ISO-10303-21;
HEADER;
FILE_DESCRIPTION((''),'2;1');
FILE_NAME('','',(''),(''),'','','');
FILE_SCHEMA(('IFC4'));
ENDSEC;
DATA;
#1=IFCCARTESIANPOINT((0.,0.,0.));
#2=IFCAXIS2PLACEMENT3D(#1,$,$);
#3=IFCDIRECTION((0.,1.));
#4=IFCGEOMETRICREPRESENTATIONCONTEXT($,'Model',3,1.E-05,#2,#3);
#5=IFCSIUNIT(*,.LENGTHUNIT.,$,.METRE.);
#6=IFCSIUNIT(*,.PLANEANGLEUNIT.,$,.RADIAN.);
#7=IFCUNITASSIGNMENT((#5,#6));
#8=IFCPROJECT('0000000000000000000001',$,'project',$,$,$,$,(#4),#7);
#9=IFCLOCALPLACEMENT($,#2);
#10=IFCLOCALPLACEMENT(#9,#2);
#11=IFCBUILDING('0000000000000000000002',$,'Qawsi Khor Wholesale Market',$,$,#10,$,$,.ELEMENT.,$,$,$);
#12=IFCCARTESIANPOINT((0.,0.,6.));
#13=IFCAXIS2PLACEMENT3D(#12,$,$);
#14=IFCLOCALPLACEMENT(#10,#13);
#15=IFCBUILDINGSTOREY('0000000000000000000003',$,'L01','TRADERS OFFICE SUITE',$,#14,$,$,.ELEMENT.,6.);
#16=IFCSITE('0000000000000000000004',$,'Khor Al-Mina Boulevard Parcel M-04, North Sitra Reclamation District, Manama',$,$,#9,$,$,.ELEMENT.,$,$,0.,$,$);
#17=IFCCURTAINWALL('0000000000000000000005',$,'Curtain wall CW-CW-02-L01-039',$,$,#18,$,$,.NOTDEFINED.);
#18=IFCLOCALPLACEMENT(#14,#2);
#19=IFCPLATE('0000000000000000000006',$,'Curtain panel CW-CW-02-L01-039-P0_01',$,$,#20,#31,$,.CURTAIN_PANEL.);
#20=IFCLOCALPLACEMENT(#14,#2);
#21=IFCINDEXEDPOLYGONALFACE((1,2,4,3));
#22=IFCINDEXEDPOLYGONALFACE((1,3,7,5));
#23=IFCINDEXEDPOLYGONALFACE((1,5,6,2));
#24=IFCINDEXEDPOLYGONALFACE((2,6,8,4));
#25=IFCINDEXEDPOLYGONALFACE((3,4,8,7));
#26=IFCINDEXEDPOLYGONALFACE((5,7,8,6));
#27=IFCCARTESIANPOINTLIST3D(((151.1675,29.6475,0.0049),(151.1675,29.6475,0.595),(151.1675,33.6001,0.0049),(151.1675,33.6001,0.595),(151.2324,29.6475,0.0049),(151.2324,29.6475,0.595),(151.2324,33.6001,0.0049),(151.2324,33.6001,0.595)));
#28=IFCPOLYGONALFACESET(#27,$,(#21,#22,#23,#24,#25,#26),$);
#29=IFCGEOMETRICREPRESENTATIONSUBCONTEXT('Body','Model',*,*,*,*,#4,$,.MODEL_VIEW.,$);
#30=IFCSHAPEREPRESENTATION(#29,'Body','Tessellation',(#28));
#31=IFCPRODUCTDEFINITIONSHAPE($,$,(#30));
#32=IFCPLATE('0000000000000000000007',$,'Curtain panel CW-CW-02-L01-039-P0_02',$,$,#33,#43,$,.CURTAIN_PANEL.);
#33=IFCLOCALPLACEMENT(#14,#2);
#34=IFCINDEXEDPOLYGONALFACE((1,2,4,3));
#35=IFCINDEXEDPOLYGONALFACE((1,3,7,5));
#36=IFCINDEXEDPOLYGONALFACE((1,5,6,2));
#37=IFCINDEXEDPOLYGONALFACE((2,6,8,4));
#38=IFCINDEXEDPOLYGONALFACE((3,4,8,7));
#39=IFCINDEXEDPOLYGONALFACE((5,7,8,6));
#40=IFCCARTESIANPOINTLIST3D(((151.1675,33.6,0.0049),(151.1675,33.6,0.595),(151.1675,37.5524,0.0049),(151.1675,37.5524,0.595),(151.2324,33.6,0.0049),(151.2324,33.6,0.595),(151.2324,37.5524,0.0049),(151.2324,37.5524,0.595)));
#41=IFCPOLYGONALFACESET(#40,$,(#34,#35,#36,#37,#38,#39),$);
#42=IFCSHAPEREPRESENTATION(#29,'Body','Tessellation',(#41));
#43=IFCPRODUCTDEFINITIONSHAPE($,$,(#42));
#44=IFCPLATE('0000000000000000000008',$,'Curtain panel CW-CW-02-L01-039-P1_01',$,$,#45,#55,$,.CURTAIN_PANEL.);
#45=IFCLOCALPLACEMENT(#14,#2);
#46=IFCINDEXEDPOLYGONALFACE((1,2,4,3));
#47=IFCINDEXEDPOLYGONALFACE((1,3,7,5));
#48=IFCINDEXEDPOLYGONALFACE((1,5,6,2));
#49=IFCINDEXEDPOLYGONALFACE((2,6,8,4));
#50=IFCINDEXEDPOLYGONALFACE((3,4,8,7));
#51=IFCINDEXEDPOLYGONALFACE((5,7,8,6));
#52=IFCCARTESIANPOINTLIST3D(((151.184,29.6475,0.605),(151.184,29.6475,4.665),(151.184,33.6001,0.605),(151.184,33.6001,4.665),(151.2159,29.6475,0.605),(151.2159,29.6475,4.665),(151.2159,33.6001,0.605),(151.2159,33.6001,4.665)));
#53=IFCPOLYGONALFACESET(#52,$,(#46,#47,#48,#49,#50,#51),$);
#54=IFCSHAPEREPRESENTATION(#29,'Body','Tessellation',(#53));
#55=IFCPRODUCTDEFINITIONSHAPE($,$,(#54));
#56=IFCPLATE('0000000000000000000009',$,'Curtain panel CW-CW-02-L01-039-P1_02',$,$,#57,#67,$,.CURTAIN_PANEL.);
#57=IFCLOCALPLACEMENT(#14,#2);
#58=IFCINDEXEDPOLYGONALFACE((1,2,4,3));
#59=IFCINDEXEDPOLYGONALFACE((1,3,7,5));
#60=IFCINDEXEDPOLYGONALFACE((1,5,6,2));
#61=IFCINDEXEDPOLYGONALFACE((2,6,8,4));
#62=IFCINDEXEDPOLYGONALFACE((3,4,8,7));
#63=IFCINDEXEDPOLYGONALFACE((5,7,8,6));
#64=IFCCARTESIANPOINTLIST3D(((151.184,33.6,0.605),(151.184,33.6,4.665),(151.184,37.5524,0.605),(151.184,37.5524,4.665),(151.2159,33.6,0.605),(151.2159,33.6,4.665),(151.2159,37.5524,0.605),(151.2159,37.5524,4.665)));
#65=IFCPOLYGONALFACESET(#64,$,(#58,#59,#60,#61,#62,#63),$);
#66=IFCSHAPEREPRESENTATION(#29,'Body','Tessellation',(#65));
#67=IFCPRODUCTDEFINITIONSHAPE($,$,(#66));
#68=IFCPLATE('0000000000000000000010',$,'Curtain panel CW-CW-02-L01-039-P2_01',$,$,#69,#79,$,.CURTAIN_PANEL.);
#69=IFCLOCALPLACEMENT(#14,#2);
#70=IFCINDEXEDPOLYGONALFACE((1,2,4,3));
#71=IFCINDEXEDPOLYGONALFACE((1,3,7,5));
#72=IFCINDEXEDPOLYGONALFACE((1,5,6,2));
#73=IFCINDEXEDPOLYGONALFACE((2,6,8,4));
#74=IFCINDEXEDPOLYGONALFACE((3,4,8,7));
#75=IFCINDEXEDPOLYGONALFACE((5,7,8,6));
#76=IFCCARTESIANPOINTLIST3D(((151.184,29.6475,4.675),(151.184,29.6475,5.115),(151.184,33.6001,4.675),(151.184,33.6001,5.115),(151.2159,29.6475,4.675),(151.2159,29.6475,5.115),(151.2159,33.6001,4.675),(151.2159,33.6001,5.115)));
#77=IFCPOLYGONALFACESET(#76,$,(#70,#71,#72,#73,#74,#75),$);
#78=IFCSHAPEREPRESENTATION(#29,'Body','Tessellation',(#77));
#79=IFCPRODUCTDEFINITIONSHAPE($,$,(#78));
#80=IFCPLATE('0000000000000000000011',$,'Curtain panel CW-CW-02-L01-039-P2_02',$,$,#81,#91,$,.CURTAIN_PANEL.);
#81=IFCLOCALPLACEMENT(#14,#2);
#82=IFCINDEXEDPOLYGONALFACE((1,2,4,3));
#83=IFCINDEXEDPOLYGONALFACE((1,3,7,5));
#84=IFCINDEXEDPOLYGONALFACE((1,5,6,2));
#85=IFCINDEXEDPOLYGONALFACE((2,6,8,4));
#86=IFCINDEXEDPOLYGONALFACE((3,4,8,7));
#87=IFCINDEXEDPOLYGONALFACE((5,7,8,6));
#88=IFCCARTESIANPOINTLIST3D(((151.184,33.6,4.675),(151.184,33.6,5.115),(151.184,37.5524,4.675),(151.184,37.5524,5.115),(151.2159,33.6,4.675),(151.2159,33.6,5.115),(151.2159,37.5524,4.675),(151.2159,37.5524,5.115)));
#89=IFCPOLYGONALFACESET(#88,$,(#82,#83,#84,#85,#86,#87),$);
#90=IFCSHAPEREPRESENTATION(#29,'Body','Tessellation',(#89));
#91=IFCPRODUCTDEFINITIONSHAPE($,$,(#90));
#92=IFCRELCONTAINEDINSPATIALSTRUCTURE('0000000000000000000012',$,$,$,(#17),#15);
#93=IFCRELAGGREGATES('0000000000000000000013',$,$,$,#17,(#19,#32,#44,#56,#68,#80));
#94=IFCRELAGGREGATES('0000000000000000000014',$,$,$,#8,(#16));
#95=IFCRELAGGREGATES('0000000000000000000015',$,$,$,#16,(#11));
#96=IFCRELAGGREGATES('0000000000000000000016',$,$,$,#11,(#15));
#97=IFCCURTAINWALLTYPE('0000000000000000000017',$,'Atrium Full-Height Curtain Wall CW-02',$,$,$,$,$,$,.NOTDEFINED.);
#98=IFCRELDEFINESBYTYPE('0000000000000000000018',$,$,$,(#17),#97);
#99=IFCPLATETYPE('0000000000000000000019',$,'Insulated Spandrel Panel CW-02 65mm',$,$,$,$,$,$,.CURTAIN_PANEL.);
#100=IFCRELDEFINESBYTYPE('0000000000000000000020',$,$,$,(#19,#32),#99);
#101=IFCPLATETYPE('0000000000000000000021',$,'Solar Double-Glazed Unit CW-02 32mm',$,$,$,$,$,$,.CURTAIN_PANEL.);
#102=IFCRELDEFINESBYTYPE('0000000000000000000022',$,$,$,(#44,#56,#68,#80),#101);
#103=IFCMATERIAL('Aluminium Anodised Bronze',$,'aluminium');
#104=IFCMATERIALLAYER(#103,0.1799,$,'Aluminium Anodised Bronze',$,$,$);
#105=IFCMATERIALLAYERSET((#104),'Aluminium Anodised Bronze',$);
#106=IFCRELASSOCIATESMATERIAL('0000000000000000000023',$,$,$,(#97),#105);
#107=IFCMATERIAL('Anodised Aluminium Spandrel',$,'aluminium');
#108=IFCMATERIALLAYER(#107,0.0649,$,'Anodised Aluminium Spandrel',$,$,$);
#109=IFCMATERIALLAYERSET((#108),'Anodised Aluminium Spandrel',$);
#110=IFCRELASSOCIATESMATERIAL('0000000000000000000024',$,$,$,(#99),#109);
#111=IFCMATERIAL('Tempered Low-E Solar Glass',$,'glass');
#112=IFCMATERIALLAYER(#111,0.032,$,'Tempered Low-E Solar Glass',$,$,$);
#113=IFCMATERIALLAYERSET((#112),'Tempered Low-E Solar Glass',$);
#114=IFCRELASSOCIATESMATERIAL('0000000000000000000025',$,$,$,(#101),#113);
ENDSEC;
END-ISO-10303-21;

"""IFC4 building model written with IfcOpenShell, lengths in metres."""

from ifc_helpers import new_model, si_unit, direction, frame, frame_2d, origin, place, context, subcontext, project, spatial, rectangle, extrude, material, layer, layer_set, type_object, element, aggregate, save


model = new_model("IFC4")

# Units and contexts
model_context = context("Model", 3, precision=1e-05, world=origin(), true_north=direction((0.0, 1.0)))
body_context = subcontext(model_context, "Body", "Model", "MODEL_VIEW")
ifc_project = project(units=[si_unit("LENGTHUNIT", "METRE"), si_unit("PLANEANGLEUNIT", "RADIAN")], contexts=[model_context])

# Site, building, storey
site_placement = place(None, origin())
site = spatial("IfcSite", under=ifc_project, at=site_placement, Name="Khor Al-Mina Boulevard Parcel M-04, North Sitra Reclamation District, Manama", CompositionType="ELEMENT", RefElevation=0.0)
building_placement = place(site_placement, origin())
building = spatial("IfcBuilding", under=site, at=building_placement, Name="Qawsi Khor Wholesale Market", CompositionType="ELEMENT")
storey_placement = place(building_placement, frame((0.0, 0.0, 6.0)))
storey = spatial("IfcBuildingStorey", under=building, at=storey_placement, Name="L01", Description="TRADERS OFFICE SUITE", CompositionType="ELEMENT", Elevation=6.0)

# Curtain wall, plates
ifc_material_1 = material(Name="Aluminium Anodised Bronze", Category="aluminium")
ifc_layer_1 = layer(ifc_material_1, 0.1799, Name="Aluminium Anodised Bronze")
ifc_layer_set_1 = layer_set([ifc_layer_1], Name="Aluminium Anodised Bronze")
curtain_wall_type = type_object("IfcCurtainWallType", Name="Atrium Full-Height Curtain Wall CW-02", PredefinedType="NOTDEFINED", material=ifc_layer_set_1)
curtain_wall_placement = place(storey_placement, origin())
curtain_wall = element("IfcCurtainWall", 1, at=curtain_wall_placement, inside=storey, type_object=curtain_wall_type, Name="Curtain wall CW-CW-02-L01-039", PredefinedType="NOTDEFINED")
ifc_material_2 = material(Name="Anodised Aluminium Spandrel", Category="aluminium")
ifc_layer_2 = layer(ifc_material_2, 0.0649, Name="Anodised Aluminium Spandrel")
ifc_layer_set_2 = layer_set([ifc_layer_2], Name="Anodised Aluminium Spandrel")
plate_type_1 = type_object("IfcPlateType", Name="Insulated Spandrel Panel CW-02 65mm", PredefinedType="CURTAIN_PANEL", material=ifc_layer_set_2)
plate_1_placement = place(storey_placement, frame((151.2, 29.6475, 0.0049), z_axis=(0.0, 0.0, 1.0), x_axis=(0.0, 1.0, 0.0)))
plate_1 = element("IfcPlate", 2, at=plate_1_placement, type_object=plate_type_1, Name="Curtain panel CW-CW-02-L01-039-P0_01", PredefinedType="CURTAIN_PANEL", context=body_context, shape_type="SweptSolid", body=[
    extrude(rectangle(XDim=3.9526, YDim=0.0649, at=frame_2d((1.9763, 0.0))), origin(), (0.0, 0.0, 1.0), 0.5901),
])
plate_2_placement = place(storey_placement, frame((151.2, 33.6001, 0.0049), z_axis=(0.0, 0.0, 1.0), x_axis=(0.0, 1.0, 0.0)))
plate_2 = element("IfcPlate", 3, at=plate_2_placement, type_object=plate_type_1, Name="Curtain panel CW-CW-02-L01-039-P0_02", PredefinedType="CURTAIN_PANEL", context=body_context, shape_type="SweptSolid", body=[
    extrude(rectangle(XDim=3.9524, YDim=0.0649, at=frame_2d((1.9761, 0.0))), origin(), (0.0, 0.0, 1.0), 0.5901),
])
ifc_material_3 = material(Name="Tempered Low-E Solar Glass", Category="glass")
ifc_layer_3 = layer(ifc_material_3, 0.032, Name="Tempered Low-E Solar Glass")
ifc_layer_set_3 = layer_set([ifc_layer_3], Name="Tempered Low-E Solar Glass")
plate_type_2 = type_object("IfcPlateType", Name="Solar Double-Glazed Unit CW-02 32mm", PredefinedType="CURTAIN_PANEL", material=ifc_layer_set_3)
plate_3_placement = place(storey_placement, frame((151.2, 29.6475, 0.605), z_axis=(0.0, 0.0, 1.0), x_axis=(0.0, 1.0, 0.0)))
plate_3 = element("IfcPlate", 4, at=plate_3_placement, type_object=plate_type_2, Name="Curtain panel CW-CW-02-L01-039-P1_01", PredefinedType="CURTAIN_PANEL", context=body_context, shape_type="SweptSolid", body=[
    extrude(rectangle(XDim=3.9526, YDim=0.032, at=frame_2d((1.9763, 0.0))), origin(), (0.0, 0.0, 1.0), 4.0601),
])
plate_4_placement = place(storey_placement, frame((151.2, 33.6001, 0.605), z_axis=(0.0, 0.0, 1.0), x_axis=(0.0, 1.0, 0.0)))
plate_4 = element("IfcPlate", 5, at=plate_4_placement, type_object=plate_type_2, Name="Curtain panel CW-CW-02-L01-039-P1_02", PredefinedType="CURTAIN_PANEL", context=body_context, shape_type="SweptSolid", body=[
    extrude(rectangle(XDim=3.9524, YDim=0.032, at=frame_2d((1.9761, 0.0))), origin(), (0.0, 0.0, 1.0), 4.0601),
])
plate_5_placement = place(storey_placement, frame((151.2, 29.6475, 4.675), z_axis=(0.0, 0.0, 1.0), x_axis=(0.0, 1.0, 0.0)))
plate_5 = element("IfcPlate", 6, at=plate_5_placement, type_object=plate_type_2, Name="Curtain panel CW-CW-02-L01-039-P2_01", PredefinedType="CURTAIN_PANEL", context=body_context, shape_type="SweptSolid", body=[
    extrude(rectangle(XDim=3.9526, YDim=0.032, at=frame_2d((1.9763, 0.0))), origin(), (0.0, 0.0, 1.0), 0.4399),
])
plate_6_placement = place(storey_placement, frame((151.2, 33.6001, 4.675), z_axis=(0.0, 0.0, 1.0), x_axis=(0.0, 1.0, 0.0)))
plate_6 = element("IfcPlate", 7, at=plate_6_placement, type_object=plate_type_2, Name="Curtain panel CW-CW-02-L01-039-P2_02", PredefinedType="CURTAIN_PANEL", context=body_context, shape_type="SweptSolid", body=[
    extrude(rectangle(XDim=3.9524, YDim=0.032, at=frame_2d((1.9761, 0.0))), origin(), (0.0, 0.0, 1.0), 0.4399),
])
aggregate(curtain_wall, [plate_1, plate_2, plate_3, plate_4, plate_5, plate_6])

save(model, "model.ifc")
